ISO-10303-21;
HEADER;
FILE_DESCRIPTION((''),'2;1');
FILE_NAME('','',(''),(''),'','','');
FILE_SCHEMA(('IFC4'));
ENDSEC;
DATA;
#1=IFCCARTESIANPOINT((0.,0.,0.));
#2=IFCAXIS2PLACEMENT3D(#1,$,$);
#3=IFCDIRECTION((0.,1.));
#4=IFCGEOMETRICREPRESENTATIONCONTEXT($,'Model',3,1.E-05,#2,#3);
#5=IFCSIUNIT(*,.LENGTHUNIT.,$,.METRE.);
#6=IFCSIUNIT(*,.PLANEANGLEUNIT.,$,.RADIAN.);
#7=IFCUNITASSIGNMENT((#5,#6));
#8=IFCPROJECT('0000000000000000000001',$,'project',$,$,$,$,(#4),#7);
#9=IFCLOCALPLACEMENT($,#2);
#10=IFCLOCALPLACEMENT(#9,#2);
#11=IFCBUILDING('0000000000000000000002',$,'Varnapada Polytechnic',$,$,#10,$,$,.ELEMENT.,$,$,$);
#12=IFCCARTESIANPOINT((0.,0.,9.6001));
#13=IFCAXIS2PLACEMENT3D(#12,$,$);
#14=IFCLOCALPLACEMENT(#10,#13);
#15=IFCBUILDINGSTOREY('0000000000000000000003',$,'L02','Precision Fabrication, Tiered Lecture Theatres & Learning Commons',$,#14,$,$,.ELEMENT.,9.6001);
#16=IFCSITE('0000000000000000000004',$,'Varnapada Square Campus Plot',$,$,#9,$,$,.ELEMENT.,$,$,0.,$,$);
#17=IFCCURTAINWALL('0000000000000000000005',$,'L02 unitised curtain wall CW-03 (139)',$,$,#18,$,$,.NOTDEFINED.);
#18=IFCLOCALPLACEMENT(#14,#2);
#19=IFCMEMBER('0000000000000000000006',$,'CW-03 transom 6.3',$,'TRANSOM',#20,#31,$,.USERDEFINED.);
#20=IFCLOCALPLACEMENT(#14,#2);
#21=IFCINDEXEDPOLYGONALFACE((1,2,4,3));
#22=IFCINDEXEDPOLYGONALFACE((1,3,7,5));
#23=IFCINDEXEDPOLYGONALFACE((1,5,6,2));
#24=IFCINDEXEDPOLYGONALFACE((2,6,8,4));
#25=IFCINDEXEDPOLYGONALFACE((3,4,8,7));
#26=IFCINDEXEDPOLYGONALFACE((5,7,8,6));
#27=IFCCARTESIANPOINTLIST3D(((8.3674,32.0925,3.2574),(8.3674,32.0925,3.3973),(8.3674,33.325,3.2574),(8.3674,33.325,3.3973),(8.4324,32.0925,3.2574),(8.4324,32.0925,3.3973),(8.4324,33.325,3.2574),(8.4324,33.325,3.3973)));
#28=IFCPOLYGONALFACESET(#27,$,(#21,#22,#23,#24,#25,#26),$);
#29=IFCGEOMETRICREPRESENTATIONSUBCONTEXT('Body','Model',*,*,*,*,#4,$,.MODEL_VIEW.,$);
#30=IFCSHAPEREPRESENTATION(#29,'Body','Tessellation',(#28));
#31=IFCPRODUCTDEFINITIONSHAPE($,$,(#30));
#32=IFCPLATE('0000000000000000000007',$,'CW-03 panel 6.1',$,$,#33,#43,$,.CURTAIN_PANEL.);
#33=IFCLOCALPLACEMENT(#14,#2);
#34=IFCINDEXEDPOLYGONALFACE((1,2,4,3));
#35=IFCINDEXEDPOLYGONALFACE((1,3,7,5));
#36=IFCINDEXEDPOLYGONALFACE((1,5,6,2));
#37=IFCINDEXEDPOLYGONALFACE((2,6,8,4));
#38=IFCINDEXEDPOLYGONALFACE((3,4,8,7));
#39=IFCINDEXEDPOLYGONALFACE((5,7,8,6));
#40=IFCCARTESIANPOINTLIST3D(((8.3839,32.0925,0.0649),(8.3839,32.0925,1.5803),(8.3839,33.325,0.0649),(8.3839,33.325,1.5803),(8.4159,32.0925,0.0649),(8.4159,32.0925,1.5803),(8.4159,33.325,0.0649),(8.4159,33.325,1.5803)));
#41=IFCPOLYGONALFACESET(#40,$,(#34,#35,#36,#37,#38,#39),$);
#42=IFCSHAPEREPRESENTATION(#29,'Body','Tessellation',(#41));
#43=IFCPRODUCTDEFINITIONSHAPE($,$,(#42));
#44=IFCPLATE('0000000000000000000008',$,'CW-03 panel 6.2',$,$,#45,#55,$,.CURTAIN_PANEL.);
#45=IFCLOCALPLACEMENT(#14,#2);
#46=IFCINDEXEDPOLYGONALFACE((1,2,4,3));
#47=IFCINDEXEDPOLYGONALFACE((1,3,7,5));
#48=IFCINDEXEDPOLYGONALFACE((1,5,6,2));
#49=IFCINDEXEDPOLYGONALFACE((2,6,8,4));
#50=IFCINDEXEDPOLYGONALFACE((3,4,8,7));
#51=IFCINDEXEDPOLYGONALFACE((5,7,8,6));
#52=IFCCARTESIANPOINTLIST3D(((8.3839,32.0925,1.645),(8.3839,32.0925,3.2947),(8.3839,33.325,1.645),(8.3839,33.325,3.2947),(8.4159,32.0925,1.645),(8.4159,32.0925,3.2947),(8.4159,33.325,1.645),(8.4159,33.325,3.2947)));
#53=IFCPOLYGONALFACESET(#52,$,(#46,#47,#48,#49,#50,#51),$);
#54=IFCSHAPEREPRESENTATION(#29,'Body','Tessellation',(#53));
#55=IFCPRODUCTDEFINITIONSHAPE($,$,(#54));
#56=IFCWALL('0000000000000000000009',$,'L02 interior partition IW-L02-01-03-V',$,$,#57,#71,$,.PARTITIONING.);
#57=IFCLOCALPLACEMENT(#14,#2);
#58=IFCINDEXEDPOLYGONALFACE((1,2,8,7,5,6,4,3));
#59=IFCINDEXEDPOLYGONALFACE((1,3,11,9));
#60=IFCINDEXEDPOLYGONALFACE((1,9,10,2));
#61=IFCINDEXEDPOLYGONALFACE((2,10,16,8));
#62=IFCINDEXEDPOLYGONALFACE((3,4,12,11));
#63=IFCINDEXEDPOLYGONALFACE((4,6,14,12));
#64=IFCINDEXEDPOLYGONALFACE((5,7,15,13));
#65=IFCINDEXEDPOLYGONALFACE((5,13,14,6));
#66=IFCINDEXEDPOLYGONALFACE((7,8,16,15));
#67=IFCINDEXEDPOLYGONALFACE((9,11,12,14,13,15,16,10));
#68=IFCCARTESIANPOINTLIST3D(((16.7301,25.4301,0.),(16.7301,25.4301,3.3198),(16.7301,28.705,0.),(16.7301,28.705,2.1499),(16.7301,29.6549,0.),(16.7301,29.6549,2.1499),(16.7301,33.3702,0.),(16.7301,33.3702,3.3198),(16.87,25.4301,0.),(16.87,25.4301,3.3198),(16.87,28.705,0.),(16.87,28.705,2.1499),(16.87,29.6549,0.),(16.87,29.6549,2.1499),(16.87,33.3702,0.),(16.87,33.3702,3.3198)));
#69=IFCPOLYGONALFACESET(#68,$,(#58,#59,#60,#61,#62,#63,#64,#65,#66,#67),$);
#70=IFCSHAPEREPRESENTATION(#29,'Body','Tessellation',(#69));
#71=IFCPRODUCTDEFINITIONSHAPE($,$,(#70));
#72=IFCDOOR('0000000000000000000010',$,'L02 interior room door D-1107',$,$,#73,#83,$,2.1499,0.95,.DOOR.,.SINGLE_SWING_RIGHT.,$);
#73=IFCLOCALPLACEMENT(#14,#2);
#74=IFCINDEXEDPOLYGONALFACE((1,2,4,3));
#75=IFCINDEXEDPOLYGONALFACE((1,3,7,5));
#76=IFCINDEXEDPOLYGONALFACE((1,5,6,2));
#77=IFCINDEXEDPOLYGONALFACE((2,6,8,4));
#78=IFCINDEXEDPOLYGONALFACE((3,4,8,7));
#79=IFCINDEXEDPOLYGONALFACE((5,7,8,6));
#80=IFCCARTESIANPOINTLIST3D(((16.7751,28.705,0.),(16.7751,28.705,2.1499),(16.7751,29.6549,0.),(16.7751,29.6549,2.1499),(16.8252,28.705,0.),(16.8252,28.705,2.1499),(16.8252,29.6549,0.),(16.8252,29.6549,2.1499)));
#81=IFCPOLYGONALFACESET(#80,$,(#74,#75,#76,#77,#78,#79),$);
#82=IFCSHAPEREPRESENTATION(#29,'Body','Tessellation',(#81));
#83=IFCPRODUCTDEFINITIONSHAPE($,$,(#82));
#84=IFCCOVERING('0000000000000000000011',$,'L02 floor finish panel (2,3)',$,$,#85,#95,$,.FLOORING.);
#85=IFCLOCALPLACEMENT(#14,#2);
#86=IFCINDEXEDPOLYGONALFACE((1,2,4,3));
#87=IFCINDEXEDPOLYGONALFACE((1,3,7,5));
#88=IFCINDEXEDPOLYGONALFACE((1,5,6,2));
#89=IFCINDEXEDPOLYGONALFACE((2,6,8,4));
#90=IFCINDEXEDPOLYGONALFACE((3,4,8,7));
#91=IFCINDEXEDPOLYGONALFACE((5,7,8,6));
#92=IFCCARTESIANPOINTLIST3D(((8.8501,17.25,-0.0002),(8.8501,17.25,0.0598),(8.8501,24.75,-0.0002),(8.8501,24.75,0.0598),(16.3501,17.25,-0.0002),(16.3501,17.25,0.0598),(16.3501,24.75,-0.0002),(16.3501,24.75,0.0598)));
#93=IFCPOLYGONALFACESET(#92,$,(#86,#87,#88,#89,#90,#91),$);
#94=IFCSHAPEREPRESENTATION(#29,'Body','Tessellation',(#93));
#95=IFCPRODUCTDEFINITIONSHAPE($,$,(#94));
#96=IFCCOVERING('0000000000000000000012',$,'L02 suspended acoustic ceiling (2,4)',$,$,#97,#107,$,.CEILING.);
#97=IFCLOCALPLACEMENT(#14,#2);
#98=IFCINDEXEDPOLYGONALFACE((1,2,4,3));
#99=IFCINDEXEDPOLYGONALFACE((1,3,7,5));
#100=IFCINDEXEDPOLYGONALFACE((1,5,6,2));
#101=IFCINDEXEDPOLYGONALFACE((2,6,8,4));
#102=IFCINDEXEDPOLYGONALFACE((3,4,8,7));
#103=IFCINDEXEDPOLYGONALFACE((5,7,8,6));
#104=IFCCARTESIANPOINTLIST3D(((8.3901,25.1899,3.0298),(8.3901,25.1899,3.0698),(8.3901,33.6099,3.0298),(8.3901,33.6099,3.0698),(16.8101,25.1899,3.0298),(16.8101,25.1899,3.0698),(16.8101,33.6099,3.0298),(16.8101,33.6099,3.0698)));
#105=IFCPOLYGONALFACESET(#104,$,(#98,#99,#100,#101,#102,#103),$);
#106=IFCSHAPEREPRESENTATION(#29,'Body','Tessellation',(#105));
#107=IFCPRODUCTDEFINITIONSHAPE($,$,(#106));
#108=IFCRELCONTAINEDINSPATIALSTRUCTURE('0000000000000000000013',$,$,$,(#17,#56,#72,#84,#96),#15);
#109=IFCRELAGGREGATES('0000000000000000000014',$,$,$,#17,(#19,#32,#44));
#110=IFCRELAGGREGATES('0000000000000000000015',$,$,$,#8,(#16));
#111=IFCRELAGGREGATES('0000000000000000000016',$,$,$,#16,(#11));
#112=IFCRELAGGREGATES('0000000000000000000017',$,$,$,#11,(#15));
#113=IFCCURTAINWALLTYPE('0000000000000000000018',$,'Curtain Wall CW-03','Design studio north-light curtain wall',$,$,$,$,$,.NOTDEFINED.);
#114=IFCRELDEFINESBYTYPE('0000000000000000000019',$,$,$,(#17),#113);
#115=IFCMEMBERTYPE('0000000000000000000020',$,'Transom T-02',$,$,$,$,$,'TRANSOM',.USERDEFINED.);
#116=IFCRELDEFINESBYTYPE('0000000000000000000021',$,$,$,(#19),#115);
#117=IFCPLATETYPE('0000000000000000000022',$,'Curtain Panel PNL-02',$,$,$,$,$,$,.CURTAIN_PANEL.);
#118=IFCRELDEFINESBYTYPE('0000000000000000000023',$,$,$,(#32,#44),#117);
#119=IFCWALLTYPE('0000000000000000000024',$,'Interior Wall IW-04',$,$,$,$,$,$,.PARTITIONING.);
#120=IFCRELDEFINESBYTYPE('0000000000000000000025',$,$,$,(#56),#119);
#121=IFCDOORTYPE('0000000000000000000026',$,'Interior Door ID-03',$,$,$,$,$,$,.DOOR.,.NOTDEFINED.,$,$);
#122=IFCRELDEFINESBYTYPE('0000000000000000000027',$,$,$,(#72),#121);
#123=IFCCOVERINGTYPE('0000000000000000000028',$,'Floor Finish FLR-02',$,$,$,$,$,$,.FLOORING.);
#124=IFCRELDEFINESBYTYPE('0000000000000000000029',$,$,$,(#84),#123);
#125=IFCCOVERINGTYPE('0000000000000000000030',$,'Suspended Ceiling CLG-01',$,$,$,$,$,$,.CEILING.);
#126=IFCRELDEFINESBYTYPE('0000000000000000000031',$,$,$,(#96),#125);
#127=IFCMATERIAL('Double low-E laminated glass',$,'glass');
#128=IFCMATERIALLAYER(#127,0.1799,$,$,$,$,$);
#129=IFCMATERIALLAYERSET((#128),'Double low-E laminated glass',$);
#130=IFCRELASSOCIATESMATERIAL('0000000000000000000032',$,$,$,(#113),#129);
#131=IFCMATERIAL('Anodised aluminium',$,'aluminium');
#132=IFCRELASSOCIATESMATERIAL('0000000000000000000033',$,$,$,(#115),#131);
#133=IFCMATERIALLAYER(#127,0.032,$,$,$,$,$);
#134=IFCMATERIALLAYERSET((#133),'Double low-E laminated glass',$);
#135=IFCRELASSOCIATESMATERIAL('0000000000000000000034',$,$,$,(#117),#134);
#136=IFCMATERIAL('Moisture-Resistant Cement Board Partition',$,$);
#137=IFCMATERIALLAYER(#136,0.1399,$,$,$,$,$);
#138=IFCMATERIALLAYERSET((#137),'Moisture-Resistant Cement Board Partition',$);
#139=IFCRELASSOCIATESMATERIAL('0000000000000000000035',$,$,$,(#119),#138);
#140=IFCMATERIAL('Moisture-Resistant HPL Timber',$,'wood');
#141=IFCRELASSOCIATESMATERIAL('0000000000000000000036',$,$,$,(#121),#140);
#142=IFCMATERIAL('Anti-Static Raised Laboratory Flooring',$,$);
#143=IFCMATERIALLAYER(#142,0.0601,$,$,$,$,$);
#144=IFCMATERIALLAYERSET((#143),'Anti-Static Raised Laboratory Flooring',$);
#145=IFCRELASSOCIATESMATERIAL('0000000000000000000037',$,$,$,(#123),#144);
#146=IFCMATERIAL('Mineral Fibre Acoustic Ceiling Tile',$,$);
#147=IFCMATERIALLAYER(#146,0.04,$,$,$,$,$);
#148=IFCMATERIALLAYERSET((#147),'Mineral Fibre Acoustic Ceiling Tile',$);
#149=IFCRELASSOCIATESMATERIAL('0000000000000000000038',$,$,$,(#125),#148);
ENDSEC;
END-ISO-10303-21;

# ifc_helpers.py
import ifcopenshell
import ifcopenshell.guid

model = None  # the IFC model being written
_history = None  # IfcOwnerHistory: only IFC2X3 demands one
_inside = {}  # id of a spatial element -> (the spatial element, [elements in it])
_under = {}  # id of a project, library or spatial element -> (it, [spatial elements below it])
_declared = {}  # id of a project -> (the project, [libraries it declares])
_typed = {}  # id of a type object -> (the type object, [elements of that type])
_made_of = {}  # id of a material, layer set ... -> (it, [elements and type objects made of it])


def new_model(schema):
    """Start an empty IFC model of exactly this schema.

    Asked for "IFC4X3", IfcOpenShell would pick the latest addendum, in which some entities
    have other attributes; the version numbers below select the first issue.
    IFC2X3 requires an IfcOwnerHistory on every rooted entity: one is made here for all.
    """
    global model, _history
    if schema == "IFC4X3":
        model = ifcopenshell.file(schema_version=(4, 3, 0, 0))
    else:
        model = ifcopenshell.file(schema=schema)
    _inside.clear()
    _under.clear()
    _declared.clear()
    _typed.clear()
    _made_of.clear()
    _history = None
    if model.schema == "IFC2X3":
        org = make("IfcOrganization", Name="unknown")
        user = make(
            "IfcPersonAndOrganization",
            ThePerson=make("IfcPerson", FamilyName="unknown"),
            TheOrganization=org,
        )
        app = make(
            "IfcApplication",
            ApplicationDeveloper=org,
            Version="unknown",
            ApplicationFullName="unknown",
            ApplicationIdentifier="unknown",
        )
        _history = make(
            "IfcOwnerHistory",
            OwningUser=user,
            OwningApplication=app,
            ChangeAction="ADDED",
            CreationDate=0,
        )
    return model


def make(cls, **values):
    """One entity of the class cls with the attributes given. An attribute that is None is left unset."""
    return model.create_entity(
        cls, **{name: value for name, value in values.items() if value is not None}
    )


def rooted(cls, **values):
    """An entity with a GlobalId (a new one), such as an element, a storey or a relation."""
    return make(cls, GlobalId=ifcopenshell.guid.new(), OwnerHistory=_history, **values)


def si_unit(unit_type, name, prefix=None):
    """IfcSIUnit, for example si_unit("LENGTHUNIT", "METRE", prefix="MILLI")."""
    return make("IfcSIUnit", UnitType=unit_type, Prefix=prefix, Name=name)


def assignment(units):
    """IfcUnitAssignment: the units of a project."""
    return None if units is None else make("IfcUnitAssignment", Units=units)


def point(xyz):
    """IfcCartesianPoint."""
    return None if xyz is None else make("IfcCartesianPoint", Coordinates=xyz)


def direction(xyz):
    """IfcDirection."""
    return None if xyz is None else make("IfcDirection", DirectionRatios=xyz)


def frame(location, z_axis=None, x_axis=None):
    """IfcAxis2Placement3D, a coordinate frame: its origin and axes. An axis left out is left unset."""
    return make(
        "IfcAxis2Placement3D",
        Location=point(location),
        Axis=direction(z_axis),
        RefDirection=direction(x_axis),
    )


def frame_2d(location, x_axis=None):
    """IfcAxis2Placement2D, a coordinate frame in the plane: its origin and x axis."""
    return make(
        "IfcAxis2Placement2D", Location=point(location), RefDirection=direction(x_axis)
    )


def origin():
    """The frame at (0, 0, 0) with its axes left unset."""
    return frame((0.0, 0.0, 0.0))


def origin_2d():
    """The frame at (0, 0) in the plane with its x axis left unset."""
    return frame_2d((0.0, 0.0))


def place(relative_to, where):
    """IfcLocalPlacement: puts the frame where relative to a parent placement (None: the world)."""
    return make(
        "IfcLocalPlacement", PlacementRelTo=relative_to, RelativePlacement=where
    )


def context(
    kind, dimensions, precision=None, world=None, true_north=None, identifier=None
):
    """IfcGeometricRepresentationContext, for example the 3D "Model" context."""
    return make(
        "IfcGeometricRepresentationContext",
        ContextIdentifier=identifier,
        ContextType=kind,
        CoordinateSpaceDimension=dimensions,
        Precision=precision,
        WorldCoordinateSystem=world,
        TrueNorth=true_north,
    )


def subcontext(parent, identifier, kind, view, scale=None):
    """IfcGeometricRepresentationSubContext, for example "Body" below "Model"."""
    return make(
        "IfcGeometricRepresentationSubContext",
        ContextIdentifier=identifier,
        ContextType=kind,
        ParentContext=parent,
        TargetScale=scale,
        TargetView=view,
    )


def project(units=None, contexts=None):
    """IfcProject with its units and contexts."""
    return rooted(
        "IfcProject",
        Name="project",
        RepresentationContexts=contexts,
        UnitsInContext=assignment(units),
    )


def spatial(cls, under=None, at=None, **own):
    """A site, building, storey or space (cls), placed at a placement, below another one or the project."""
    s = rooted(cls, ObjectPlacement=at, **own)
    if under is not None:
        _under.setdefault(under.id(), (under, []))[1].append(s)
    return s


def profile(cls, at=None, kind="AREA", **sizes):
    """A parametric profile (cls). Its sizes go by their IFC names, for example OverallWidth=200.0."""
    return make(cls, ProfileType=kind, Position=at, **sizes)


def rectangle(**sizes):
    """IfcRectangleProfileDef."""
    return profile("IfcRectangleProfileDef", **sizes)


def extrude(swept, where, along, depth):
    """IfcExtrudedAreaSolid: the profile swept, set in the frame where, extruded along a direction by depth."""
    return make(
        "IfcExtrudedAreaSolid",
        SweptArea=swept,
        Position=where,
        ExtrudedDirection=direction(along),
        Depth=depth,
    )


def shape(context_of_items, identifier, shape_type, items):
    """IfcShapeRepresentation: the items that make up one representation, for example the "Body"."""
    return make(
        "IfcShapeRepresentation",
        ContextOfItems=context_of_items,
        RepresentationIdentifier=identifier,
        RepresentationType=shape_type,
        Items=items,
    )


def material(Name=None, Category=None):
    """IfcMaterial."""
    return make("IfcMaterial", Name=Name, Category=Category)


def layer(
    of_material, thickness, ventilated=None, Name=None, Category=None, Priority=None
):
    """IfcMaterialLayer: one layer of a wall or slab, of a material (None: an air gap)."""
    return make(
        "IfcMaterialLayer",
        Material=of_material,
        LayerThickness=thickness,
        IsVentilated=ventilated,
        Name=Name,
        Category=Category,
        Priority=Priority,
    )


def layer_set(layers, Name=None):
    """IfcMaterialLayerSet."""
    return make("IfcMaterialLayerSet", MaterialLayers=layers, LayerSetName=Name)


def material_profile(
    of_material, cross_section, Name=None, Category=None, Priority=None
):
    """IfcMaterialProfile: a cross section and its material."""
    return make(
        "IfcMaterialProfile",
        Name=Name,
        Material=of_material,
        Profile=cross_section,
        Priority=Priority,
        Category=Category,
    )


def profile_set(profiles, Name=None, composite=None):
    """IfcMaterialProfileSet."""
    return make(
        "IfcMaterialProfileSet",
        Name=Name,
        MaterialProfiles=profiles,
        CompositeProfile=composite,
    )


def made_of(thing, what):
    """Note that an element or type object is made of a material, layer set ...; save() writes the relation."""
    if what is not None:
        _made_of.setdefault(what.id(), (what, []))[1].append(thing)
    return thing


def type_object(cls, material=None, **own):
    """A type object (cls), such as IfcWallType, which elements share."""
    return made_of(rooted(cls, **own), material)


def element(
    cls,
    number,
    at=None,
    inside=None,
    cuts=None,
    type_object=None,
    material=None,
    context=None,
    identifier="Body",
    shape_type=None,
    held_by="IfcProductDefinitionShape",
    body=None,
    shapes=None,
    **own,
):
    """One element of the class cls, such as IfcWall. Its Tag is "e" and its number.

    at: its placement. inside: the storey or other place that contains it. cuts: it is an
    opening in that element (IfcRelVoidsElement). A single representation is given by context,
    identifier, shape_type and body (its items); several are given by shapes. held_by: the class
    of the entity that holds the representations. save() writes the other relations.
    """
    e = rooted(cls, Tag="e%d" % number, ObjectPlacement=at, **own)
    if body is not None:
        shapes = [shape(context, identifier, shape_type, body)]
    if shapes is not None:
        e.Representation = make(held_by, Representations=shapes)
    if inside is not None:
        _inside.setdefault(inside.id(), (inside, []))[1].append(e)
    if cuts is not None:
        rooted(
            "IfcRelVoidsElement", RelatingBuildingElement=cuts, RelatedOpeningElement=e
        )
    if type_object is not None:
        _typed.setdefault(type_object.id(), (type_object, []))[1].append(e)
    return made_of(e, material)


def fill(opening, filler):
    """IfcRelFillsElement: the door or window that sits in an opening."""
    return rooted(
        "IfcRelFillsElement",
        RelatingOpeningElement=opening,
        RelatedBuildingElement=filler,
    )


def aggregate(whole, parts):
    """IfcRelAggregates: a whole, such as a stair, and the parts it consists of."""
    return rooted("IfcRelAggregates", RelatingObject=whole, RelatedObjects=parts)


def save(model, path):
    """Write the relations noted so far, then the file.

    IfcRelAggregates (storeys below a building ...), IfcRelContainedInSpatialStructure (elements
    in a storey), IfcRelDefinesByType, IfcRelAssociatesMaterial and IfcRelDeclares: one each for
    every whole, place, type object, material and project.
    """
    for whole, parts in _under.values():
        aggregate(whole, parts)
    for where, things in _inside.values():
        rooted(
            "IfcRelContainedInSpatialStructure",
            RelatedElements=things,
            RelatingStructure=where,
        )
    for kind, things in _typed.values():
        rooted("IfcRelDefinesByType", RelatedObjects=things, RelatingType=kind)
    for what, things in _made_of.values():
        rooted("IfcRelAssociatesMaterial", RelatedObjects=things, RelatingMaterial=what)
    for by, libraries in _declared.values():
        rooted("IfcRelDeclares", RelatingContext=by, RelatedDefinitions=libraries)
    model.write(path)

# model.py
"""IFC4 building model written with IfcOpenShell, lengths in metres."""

from ifc_helpers import new_model, si_unit, direction, frame, frame_2d, origin, origin_2d, place, context, subcontext, project, spatial, rectangle, extrude, material, layer, layer_set, material_profile, profile_set, type_object, element, fill, aggregate, save


model = new_model("IFC4")

# Units and contexts
model_context = context("Model", 3, precision=1e-05, world=origin(), true_north=direction((0.0, 1.0)))
body_context = subcontext(model_context, "Body", "Model", "MODEL_VIEW")
ifc_project = project(units=[si_unit("LENGTHUNIT", "METRE"), si_unit("PLANEANGLEUNIT", "RADIAN")], contexts=[model_context])

# Site, building, storey
site_placement = place(None, origin())
site = spatial("IfcSite", under=ifc_project, at=site_placement, Name="Varnapada Square Campus Plot", CompositionType="ELEMENT", RefElevation=0.0)
building_placement = place(site_placement, origin())
building = spatial("IfcBuilding", under=site, at=building_placement, Name="Varnapada Polytechnic", CompositionType="ELEMENT")
storey_placement = place(building_placement, frame((0.0, 0.0, 9.6001)))
storey = spatial("IfcBuildingStorey", under=building, at=storey_placement, Name="L02", Description="Precision Fabrication, Tiered Lecture Theatres & Learning Commons", CompositionType="ELEMENT", Elevation=9.6001)

# Curtain wall
ifc_material_1 = material(Name="Double low-E laminated glass", Category="glass")
ifc_layer_1 = layer(ifc_material_1, 0.1799)
ifc_layer_set_1 = layer_set([ifc_layer_1], Name="Double low-E laminated glass")
curtain_wall_type = type_object("IfcCurtainWallType", Name="Curtain Wall CW-03", Description="Design studio north-light curtain wall", PredefinedType="NOTDEFINED", material=ifc_layer_set_1)
curtain_wall_placement = place(storey_placement, origin())
curtain_wall = element("IfcCurtainWall", 1, at=curtain_wall_placement, inside=storey, type_object=curtain_wall_type, Name="L02 unitised curtain wall CW-03 (139)", PredefinedType="NOTDEFINED")
ifc_material_2 = material(Name="Anodised aluminium", Category="aluminium")

# Member
ifc_material_profile_1 = material_profile(ifc_material_2, rectangle(XDim=0.0649, YDim=0.1399, at=origin_2d()), Name="ALU T65x140")
ifc_profile_set_1 = profile_set([ifc_material_profile_1], Name="Anodised aluminium")
member_type_1 = type_object("IfcMemberType", Name="Transom T-02", ElementType="TRANSOM", PredefinedType="USERDEFINED", material=ifc_profile_set_1)
member_1_placement = place(storey_placement, frame((8.3999, 32.0925, 3.3274), z_axis=(0.0, 1.0, 0.0), x_axis=(-1.0, 0.0, 0.0)))
member_1 = element("IfcMember", 2, at=member_1_placement, type_object=member_type_1, Name="CW-03 transom 6.3", ObjectType="TRANSOM", PredefinedType="USERDEFINED", context=body_context, shape_type="SweptSolid", body=[
    extrude(rectangle(XDim=0.0649, YDim=0.1399, at=origin_2d()), origin(), (0.0, 0.0, 1.0), 1.2324),
])

# Plates
ifc_layer_2 = layer(ifc_material_1, 0.032)
ifc_layer_set_2 = layer_set([ifc_layer_2], Name="Double low-E laminated glass")
plate_type = type_object("IfcPlateType", Name="Curtain Panel PNL-02", PredefinedType="CURTAIN_PANEL", material=ifc_layer_set_2)
plate_1_placement = place(storey_placement, frame((8.3999, 32.7087, 0.0649), z_axis=(0.0, 0.0, 1.0), x_axis=(0.0, 1.0, 0.0)))
plate_1 = element("IfcPlate", 3, at=plate_1_placement, type_object=plate_type, Name="CW-03 panel 6.1", PredefinedType="CURTAIN_PANEL", context=body_context, shape_type="SweptSolid", body=[
    extrude(rectangle(XDim=1.2324, YDim=0.032, at=origin_2d()), origin(), (0.0, 0.0, 1.0), 1.5154),
])
plate_2_placement = place(storey_placement, frame((8.3999, 32.7087, 1.645), z_axis=(0.0, 0.0, 1.0), x_axis=(0.0, 1.0, 0.0)))
plate_2 = element("IfcPlate", 4, at=plate_2_placement, type_object=plate_type, Name="CW-03 panel 6.2", PredefinedType="CURTAIN_PANEL", context=body_context, shape_type="SweptSolid", body=[
    extrude(rectangle(XDim=1.2324, YDim=0.032, at=origin_2d()), origin(), (0.0, 0.0, 1.0), 1.6497),
])
aggregate(curtain_wall, [member_1, plate_1, plate_2])

# Wall, opening, door
ifc_material_3 = material(Name="Moisture-Resistant Cement Board Partition")
ifc_layer_3 = layer(ifc_material_3, 0.1399)
ifc_layer_set_3 = layer_set([ifc_layer_3], Name="Moisture-Resistant Cement Board Partition")
wall_type = type_object("IfcWallType", Name="Interior Wall IW-04", PredefinedType="PARTITIONING", material=ifc_layer_set_3)
wall_placement = place(storey_placement, frame((16.8, 25.4299, 0.0), z_axis=(0.0, 0.0, 1.0), x_axis=(0.0, 1.0, 0.0)))
wall = element("IfcWall", 5, at=wall_placement, inside=storey, type_object=wall_type, Name="L02 interior partition IW-L02-01-03-V", PredefinedType="PARTITIONING", context=body_context, shape_type="SweptSolid", body=[
    extrude(rectangle(XDim=7.9402, YDim=0.1399, at=frame_2d((3.9702, 0.0))), origin(), (0.0, 0.0, 1.0), 3.3198),
])
opening_placement = place(wall_placement, frame((3.2749, 0.0, 0.0)))
opening = element("IfcOpeningElement", 6, at=opening_placement, cuts=wall, PredefinedType="OPENING", context=body_context, shape_type="SweptSolid", body=[
    extrude(rectangle(XDim=0.95, YDim=2.1499, at=frame_2d((0.4751, 1.075))), frame((0.0, 0.0798, 0.0), z_axis=(0.0, -1.0, 0.0), x_axis=(1.0, 0.0, 0.0)), (0.0, 0.0, 1.0), 0.1599),
])
ifc_material_4 = material(Name="Moisture-Resistant HPL Timber", Category="wood")
door_type = type_object("IfcDoorType", Name="Interior Door ID-03", OperationType="NOTDEFINED", PredefinedType="DOOR", material=ifc_material_4)
door_placement = place(opening_placement, origin())
door = element("IfcDoor", 7, at=door_placement, inside=storey, type_object=door_type, Name="L02 interior room door D-1107", OperationType="SINGLE_SWING_RIGHT", OverallHeight=2.1499, OverallWidth=0.95, PredefinedType="DOOR", context=body_context, shape_type="SweptSolid", body=[
    extrude(rectangle(XDim=0.95, YDim=2.1499, at=frame_2d((0.4751, 1.075))), frame((0.0, 0.0249, 0.0), z_axis=(0.0, -1.0, 0.0), x_axis=(1.0, 0.0, 0.0)), (0.0, 0.0, 1.0), 0.05),
])
fill(opening, door)

# Coverings
ifc_material_5 = material(Name="Anti-Static Raised Laboratory Flooring")
ifc_layer_4 = layer(ifc_material_5, 0.0601)
ifc_layer_set_4 = layer_set([ifc_layer_4], Name="Anti-Static Raised Laboratory Flooring")
covering_type_1 = type_object("IfcCoveringType", Name="Floor Finish FLR-02", PredefinedType="FLOORING", material=ifc_layer_set_4)
covering_1_placement = place(storey_placement, frame((12.6001, 21.0, -0.0002), z_axis=(0.0, 0.0, 1.0), x_axis=(1.0, 0.0, 0.0)))
element("IfcCovering", 8, at=covering_1_placement, inside=storey, type_object=covering_type_1, Name="L02 floor finish panel (2,3)", PredefinedType="FLOORING", context=body_context, shape_type="SweptSolid", body=[
    extrude(rectangle(XDim=7.5, YDim=7.5, at=origin_2d()), origin(), (0.0, 0.0, 1.0), 0.0601),
])
ifc_material_6 = material(Name="Mineral Fibre Acoustic Ceiling Tile")
ifc_layer_5 = layer(ifc_material_6, 0.04)
ifc_layer_set_5 = layer_set([ifc_layer_5], Name="Mineral Fibre Acoustic Ceiling Tile")
covering_type_2 = type_object("IfcCoveringType", Name="Suspended Ceiling CLG-01", PredefinedType="CEILING", material=ifc_layer_set_5)
covering_2_placement = place(storey_placement, frame((12.6001, 29.3999, 3.0298), z_axis=(0.0, 0.0, 1.0), x_axis=(1.0, 0.0, 0.0)))
element("IfcCovering", 9, at=covering_2_placement, inside=storey, type_object=covering_type_2, Name="L02 suspended acoustic ceiling (2,4)", PredefinedType="CEILING", context=body_context, shape_type="SweptSolid", body=[
    extrude(rectangle(XDim=8.4199, YDim=8.4199, at=origin_2d()), origin(), (0.0, 0.0, 1.0), 0.04),
])

save(model, "model.ifc")
